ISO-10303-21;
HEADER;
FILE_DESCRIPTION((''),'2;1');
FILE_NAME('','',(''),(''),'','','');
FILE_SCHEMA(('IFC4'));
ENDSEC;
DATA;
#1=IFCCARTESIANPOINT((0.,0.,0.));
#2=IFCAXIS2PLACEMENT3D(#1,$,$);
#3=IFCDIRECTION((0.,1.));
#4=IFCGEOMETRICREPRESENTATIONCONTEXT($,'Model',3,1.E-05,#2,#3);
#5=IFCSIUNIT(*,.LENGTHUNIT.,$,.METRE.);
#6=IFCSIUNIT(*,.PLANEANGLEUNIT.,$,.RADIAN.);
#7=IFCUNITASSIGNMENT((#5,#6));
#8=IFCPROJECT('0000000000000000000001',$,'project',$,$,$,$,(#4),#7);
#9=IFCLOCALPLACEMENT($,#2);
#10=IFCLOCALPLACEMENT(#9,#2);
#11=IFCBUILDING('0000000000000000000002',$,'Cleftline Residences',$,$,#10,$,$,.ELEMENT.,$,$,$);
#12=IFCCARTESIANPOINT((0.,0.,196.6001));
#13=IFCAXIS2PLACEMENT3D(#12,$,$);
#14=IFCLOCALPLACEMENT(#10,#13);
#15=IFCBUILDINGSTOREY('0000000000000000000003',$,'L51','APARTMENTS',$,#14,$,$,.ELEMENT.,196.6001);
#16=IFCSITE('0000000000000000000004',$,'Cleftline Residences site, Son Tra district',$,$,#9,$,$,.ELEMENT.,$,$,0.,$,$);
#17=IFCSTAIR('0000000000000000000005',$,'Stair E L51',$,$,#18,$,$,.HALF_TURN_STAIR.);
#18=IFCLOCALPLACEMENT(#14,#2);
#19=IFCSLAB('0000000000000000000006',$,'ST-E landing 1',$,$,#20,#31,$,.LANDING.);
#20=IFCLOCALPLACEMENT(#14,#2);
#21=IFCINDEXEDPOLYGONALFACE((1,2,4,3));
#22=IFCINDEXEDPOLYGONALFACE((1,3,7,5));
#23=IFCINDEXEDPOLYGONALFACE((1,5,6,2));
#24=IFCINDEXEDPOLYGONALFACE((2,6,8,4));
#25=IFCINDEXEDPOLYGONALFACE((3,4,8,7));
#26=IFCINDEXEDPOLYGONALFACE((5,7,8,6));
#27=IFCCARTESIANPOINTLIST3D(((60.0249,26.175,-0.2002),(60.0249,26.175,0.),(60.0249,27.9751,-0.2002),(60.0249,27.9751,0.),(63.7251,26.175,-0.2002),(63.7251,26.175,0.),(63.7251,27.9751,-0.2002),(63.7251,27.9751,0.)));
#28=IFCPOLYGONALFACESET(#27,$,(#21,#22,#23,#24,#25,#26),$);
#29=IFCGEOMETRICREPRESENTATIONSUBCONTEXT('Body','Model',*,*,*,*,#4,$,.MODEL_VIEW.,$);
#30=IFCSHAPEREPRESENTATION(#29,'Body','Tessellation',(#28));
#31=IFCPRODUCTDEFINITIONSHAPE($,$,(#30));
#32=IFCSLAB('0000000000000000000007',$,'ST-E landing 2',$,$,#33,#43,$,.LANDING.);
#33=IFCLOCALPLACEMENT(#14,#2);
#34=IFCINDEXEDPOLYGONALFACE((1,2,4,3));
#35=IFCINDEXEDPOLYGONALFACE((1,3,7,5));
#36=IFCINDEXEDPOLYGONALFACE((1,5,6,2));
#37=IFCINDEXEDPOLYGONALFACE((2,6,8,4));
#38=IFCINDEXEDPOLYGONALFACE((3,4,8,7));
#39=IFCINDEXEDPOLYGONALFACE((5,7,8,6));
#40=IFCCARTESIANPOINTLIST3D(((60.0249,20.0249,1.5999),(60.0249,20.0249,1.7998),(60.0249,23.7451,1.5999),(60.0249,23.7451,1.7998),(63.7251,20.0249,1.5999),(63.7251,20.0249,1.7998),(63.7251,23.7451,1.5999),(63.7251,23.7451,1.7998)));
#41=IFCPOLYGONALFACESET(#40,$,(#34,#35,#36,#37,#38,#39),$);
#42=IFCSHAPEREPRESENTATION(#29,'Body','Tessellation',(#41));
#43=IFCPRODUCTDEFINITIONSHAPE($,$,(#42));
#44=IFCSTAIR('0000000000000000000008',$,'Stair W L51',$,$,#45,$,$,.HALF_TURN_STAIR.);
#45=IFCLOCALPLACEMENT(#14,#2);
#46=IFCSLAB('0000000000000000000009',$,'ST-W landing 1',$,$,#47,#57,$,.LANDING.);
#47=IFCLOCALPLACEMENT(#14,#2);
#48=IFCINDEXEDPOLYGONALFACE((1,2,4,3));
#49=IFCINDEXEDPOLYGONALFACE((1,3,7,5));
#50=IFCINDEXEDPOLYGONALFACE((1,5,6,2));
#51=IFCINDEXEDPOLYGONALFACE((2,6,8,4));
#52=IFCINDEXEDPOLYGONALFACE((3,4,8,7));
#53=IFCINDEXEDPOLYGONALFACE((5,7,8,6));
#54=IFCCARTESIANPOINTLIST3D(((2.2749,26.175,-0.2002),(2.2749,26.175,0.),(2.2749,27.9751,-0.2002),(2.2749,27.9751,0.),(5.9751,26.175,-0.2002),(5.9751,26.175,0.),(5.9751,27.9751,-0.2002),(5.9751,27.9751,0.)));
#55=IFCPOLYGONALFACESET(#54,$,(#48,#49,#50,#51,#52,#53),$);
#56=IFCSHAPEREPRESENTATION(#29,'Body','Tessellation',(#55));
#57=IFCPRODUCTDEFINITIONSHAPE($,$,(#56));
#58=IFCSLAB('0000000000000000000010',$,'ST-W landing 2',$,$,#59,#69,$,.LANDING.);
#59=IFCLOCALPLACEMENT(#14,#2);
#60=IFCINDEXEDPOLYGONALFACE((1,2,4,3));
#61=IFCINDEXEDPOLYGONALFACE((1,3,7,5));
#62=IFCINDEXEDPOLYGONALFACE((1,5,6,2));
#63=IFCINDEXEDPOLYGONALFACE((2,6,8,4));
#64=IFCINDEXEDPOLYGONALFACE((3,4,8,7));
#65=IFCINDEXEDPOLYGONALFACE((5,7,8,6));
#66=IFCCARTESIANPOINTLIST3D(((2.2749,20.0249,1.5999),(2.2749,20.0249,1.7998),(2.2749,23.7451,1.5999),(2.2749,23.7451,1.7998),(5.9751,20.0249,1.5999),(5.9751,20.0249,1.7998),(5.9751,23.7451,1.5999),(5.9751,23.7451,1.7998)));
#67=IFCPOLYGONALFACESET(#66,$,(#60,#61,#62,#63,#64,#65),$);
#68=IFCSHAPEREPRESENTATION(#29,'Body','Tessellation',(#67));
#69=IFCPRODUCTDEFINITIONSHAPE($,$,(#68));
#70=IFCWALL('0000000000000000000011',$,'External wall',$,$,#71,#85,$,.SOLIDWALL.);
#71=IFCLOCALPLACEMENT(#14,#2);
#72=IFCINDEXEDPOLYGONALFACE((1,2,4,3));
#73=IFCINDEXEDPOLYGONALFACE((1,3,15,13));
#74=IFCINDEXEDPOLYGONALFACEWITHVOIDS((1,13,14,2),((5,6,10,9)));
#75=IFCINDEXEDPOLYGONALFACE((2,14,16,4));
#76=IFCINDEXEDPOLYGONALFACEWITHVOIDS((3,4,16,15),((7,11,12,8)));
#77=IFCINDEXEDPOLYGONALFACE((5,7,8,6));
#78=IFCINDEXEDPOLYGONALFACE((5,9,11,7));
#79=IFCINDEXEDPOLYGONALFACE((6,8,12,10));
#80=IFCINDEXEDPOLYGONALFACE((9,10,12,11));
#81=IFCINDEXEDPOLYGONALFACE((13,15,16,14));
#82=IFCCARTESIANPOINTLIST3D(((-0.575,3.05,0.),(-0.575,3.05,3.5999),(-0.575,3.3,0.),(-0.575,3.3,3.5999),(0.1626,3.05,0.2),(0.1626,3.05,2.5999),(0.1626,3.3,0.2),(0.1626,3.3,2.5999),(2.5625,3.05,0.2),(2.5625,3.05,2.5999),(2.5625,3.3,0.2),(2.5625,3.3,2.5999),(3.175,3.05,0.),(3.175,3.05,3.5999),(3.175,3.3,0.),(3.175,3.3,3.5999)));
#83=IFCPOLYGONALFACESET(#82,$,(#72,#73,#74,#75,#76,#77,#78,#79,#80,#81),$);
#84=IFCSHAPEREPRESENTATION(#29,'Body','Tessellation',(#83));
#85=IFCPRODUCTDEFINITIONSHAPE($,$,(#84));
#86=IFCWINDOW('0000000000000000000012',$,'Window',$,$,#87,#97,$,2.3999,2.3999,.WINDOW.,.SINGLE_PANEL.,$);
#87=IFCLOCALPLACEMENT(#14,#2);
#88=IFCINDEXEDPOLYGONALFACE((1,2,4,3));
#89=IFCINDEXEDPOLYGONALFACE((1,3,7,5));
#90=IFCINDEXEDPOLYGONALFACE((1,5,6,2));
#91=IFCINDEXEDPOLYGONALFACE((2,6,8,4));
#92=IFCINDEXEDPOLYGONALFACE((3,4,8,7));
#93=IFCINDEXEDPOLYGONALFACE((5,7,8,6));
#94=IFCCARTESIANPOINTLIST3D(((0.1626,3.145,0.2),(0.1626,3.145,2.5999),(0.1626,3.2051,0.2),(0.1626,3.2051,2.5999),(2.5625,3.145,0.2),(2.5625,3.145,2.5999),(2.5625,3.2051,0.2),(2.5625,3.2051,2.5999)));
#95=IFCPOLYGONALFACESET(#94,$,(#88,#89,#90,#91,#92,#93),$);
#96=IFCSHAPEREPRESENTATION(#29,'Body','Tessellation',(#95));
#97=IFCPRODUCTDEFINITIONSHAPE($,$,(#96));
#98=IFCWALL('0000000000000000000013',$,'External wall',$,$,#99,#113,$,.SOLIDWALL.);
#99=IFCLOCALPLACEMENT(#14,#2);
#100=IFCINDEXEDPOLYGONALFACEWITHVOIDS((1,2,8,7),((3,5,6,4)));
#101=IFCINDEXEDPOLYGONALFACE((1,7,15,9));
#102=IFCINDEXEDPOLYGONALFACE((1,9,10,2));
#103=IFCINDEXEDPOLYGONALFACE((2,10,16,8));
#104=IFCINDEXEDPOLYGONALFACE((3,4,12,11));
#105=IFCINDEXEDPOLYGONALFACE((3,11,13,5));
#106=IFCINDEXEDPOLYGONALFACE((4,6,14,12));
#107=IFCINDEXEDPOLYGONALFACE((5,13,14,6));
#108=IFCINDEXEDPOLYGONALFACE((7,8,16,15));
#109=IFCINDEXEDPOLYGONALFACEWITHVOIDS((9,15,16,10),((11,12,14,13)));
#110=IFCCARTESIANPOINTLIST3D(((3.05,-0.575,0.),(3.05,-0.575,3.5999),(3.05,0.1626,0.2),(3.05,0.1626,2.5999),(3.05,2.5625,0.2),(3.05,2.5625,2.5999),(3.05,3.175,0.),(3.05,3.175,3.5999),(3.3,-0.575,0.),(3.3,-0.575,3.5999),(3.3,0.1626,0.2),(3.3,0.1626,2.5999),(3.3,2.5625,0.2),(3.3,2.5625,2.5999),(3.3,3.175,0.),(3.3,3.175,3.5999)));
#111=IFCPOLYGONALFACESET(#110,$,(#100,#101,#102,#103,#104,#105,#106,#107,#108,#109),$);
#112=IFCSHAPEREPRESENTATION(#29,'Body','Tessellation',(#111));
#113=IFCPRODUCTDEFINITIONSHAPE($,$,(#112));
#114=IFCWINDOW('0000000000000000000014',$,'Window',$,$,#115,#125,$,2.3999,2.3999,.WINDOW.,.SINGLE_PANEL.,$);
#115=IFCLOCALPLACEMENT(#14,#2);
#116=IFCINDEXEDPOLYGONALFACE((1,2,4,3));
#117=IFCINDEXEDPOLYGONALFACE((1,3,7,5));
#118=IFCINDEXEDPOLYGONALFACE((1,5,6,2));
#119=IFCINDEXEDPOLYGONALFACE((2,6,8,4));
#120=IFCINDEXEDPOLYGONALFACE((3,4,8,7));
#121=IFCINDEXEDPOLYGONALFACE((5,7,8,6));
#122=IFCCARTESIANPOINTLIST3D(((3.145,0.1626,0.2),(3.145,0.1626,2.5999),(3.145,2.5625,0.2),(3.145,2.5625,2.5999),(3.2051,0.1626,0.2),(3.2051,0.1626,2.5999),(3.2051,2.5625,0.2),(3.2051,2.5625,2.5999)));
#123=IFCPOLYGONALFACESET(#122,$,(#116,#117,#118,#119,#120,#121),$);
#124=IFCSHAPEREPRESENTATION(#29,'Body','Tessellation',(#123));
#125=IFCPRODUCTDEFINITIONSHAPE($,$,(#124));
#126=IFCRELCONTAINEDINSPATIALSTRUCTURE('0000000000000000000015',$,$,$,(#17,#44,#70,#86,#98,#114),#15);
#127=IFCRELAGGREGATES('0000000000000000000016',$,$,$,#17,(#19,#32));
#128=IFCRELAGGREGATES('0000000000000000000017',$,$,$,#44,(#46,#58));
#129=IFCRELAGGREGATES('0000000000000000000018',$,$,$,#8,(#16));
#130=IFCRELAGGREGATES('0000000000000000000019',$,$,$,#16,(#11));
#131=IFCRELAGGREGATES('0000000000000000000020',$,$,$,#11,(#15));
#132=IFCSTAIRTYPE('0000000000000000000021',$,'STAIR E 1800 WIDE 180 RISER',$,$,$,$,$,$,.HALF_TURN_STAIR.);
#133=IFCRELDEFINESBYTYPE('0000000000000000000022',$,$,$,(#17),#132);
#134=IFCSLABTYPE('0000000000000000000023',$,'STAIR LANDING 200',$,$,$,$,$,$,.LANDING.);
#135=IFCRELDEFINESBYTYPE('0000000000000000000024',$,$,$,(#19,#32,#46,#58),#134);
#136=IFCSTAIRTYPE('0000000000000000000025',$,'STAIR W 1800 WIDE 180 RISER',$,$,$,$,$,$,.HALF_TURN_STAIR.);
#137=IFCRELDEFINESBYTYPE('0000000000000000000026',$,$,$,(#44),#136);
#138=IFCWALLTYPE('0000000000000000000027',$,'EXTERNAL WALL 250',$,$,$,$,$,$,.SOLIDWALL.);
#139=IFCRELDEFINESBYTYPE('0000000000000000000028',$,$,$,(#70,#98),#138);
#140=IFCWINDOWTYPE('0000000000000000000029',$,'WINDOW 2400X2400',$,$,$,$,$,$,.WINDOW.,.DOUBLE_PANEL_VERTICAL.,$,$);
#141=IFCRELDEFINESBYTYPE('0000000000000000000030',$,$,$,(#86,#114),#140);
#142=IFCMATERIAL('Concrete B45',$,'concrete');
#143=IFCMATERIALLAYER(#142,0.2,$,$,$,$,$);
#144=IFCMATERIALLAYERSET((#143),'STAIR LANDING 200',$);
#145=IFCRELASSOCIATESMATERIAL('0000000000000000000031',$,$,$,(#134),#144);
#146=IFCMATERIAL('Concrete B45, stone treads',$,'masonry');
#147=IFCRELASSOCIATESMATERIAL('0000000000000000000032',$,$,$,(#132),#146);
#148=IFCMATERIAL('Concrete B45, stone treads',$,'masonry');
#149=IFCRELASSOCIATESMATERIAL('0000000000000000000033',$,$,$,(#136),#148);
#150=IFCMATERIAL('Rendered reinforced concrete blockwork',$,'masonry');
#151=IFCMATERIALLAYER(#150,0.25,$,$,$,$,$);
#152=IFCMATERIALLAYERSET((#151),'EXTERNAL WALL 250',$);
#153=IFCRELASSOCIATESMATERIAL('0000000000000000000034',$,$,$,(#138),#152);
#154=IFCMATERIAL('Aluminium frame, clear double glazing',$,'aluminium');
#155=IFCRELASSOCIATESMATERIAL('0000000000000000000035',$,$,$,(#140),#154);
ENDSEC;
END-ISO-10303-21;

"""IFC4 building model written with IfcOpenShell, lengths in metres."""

from ifc_helpers import new_model, si_unit, direction, frame, frame_2d, origin, place, context, subcontext, project, spatial, polyline, rectangle, outline, extrude, material, layer, layer_set, type_object, element, fill, aggregate, save


model = new_model("IFC4")

# Units and contexts
model_context = context("Model", 3, precision=1e-05, world=origin(), true_north=direction((0.0, 1.0)))
body_context = subcontext(model_context, "Body", "Model", "MODEL_VIEW")
ifc_project = project(units=[si_unit("LENGTHUNIT", "METRE"), si_unit("PLANEANGLEUNIT", "RADIAN")], contexts=[model_context])

# Site, building, storey
site_placement = place(None, origin())
site = spatial("IfcSite", under=ifc_project, at=site_placement, Name="Cleftline Residences site, Son Tra district", CompositionType="ELEMENT", RefElevation=0.0)
building_placement = place(site_placement, origin())
building = spatial("IfcBuilding", under=site, at=building_placement, Name="Cleftline Residences", CompositionType="ELEMENT")
storey_placement = place(building_placement, frame((0.0, 0.0, 196.6001)))
storey = spatial("IfcBuildingStorey", under=building, at=storey_placement, Name="L51", Description="APARTMENTS", CompositionType="ELEMENT", Elevation=196.6001)

# Stairs, slabs
ifc_material_1 = material(Name="Concrete B45", Category="concrete")
ifc_layer_1 = layer(ifc_material_1, 0.2)
ifc_layer_set_1 = layer_set([ifc_layer_1], Name="STAIR LANDING 200")
slab_type_1 = type_object("IfcSlabType", Name="STAIR LANDING 200", PredefinedType="LANDING", material=ifc_layer_set_1)
ifc_material_2 = material(Name="Concrete B45, stone treads", Category="masonry")
stair_type_1 = type_object("IfcStairType", Name="STAIR E 1800 WIDE 180 RISER", PredefinedType="HALF_TURN_STAIR", material=ifc_material_2)
stair_1_placement = place(storey_placement, origin())
stair_1 = element("IfcStair", 1, at=stair_1_placement, inside=storey, type_object=stair_type_1, Name="Stair E L51", PredefinedType="HALF_TURN_STAIR")
slab_1_placement = place(storey_placement, frame((0.0, 0.0, -0.2002)))
slab_1 = element("IfcSlab", 2, at=slab_1_placement, type_object=slab_type_1, Name="ST-E landing 1", PredefinedType="LANDING", context=body_context, shape_type="SweptSolid", body=[
    extrude(outline(polyline([(60.0249, 26.175), (63.7251, 26.175), (63.7251, 27.9751), (60.0249, 27.9751), (60.0249, 26.175)])), origin(), (0.0, 0.0, 1.0), 0.2002),
])
slab_2_placement = place(storey_placement, frame((0.0, 0.0, 1.5999)))
slab_2 = element("IfcSlab", 3, at=slab_2_placement, type_object=slab_type_1, Name="ST-E landing 2", PredefinedType="LANDING", context=body_context, shape_type="SweptSolid", body=[
    extrude(outline(polyline([(60.0249, 20.0249), (63.7251, 20.0249), (63.7251, 23.7451), (60.0249, 23.7451), (60.0249, 20.0249)])), origin(), (0.0, 0.0, 1.0), 0.2),
])
aggregate(stair_1, [slab_1, slab_2])
ifc_material_3 = material(Name="Concrete B45, stone treads", Category="masonry")
stair_type_2 = type_object("IfcStairType", Name="STAIR W 1800 WIDE 180 RISER", PredefinedType="HALF_TURN_STAIR", material=ifc_material_3)
stair_2_placement = place(storey_placement, origin())
stair_2 = element("IfcStair", 4, at=stair_2_placement, inside=storey, type_object=stair_type_2, Name="Stair W L51", PredefinedType="HALF_TURN_STAIR")
slab_3_placement = place(storey_placement, frame((0.0, 0.0, -0.2002)))
slab_3 = element("IfcSlab", 5, at=slab_3_placement, type_object=slab_type_1, Name="ST-W landing 1", PredefinedType="LANDING", context=body_context, shape_type="SweptSolid", body=[
    extrude(outline(polyline([(2.2749, 26.175), (5.9751, 26.175), (5.9751, 27.9751), (2.2749, 27.9751), (2.2749, 26.175)])), origin(), (0.0, 0.0, 1.0), 0.2002),
])
slab_4_placement = place(storey_placement, frame((0.0, 0.0, 1.5999)))
slab_4 = element("IfcSlab", 6, at=slab_4_placement, type_object=slab_type_1, Name="ST-W landing 2", PredefinedType="LANDING", context=body_context, shape_type="SweptSolid", body=[
    extrude(outline(polyline([(2.2749, 20.0249), (5.9751, 20.0249), (5.9751, 23.7451), (2.2749, 23.7451), (2.2749, 20.0249)])), origin(), (0.0, 0.0, 1.0), 0.2),
])
aggregate(stair_2, [slab_3, slab_4])

# Walls, openings, windows
ifc_material_4 = material(Name="Rendered reinforced concrete blockwork", Category="masonry")
ifc_layer_2 = layer(ifc_material_4, 0.25)
ifc_layer_set_2 = layer_set([ifc_layer_2], Name="EXTERNAL WALL 250")
wall_type_1 = type_object("IfcWallType", Name="EXTERNAL WALL 250", PredefinedType="SOLIDWALL", material=ifc_layer_set_2)
wall_1_placement = place(storey_placement, frame((-0.575, 3.175, 0.0), z_axis=(0.0, 0.0, 1.0), x_axis=(1.0, 0.0, 0.0)))
wall_1 = element("IfcWall", 7, at=wall_1_placement, inside=storey, type_object=wall_type_1, Name="External wall", PredefinedType="SOLIDWALL", context=body_context, shape_type="SweptSolid", body=[
    extrude(rectangle(XDim=3.75, YDim=0.25, at=frame_2d((1.875, 0.0))), origin(), (0.0, 0.0, 1.0), 3.5999),
])
opening_1_placement = place(wall_1_placement, frame((0.7375, 0.0, 0.2)))
opening_1 = element("IfcOpeningElement", 8, at=opening_1_placement, cuts=wall_1, PredefinedType="OPENING", context=body_context, shape_type="SweptSolid", body=[
    extrude(rectangle(XDim=2.3999, YDim=2.3999, at=frame_2d((1.2, 1.2))), frame((0.0, 0.135, 0.0), z_axis=(0.0, -1.0, 0.0), x_axis=(1.0, 0.0, 0.0)), (0.0, 0.0, 1.0), 0.27),
])
ifc_material_5 = material(Name="Aluminium frame, clear double glazing", Category="aluminium")
window_type_1 = type_object("IfcWindowType", Name="WINDOW 2400X2400", PartitioningType="DOUBLE_PANEL_VERTICAL", PredefinedType="WINDOW", material=ifc_material_5)
window_1_placement = place(opening_1_placement, origin())
window_1 = element("IfcWindow", 9, at=window_1_placement, inside=storey, type_object=window_type_1, Name="Window", OverallHeight=2.3999, OverallWidth=2.3999, PartitioningType="SINGLE_PANEL", PredefinedType="WINDOW", context=body_context, shape_type="SweptSolid", body=[
    extrude(rectangle(XDim=2.3999, YDim=2.3999, at=frame_2d((1.2, 1.2))), frame((0.0, 0.03, 0.0), z_axis=(0.0, -1.0, 0.0), x_axis=(1.0, 0.0, 0.0)), (0.0, 0.0, 1.0), 0.0601),
])
fill(opening_1, window_1)
wall_2_placement = place(storey_placement, frame((3.175, 3.175, 0.0), z_axis=(0.0, 0.0, 1.0), x_axis=(0.0, -1.0, 0.0)))
wall_2 = element("IfcWall", 10, at=wall_2_placement, inside=storey, type_object=wall_type_1, Name="External wall", PredefinedType="SOLIDWALL", context=body_context, shape_type="SweptSolid", body=[
    extrude(rectangle(XDim=3.75, YDim=0.25, at=frame_2d((1.875, 0.0))), origin(), (0.0, 0.0, 1.0), 3.5999),
])
opening_2_placement = place(wall_2_placement, frame((0.6125, 0.0, 0.2)))
opening_2 = element("IfcOpeningElement", 11, at=opening_2_placement, cuts=wall_2, PredefinedType="OPENING", context=body_context, shape_type="SweptSolid", body=[
    extrude(rectangle(XDim=2.3999, YDim=2.3999, at=frame_2d((1.2, 1.2))), frame((0.0, 0.135, 0.0), z_axis=(0.0, -1.0, 0.0), x_axis=(1.0, 0.0, 0.0)), (0.0, 0.0, 1.0), 0.27),
])
window_2_placement = place(opening_2_placement, origin())
window_2 = element("IfcWindow", 12, at=window_2_placement, inside=storey, type_object=window_type_1, Name="Window", OverallHeight=2.3999, OverallWidth=2.3999, PartitioningType="SINGLE_PANEL", PredefinedType="WINDOW", context=body_context, shape_type="SweptSolid", body=[
    extrude(rectangle(XDim=2.3999, YDim=2.3999, at=frame_2d((1.2, 1.2))), frame((0.0, 0.03, 0.0), z_axis=(0.0, -1.0, 0.0), x_axis=(1.0, 0.0, 0.0)), (0.0, 0.0, 1.0), 0.0601),
])
fill(opening_2, window_2)

save(model, "model.ifc")
